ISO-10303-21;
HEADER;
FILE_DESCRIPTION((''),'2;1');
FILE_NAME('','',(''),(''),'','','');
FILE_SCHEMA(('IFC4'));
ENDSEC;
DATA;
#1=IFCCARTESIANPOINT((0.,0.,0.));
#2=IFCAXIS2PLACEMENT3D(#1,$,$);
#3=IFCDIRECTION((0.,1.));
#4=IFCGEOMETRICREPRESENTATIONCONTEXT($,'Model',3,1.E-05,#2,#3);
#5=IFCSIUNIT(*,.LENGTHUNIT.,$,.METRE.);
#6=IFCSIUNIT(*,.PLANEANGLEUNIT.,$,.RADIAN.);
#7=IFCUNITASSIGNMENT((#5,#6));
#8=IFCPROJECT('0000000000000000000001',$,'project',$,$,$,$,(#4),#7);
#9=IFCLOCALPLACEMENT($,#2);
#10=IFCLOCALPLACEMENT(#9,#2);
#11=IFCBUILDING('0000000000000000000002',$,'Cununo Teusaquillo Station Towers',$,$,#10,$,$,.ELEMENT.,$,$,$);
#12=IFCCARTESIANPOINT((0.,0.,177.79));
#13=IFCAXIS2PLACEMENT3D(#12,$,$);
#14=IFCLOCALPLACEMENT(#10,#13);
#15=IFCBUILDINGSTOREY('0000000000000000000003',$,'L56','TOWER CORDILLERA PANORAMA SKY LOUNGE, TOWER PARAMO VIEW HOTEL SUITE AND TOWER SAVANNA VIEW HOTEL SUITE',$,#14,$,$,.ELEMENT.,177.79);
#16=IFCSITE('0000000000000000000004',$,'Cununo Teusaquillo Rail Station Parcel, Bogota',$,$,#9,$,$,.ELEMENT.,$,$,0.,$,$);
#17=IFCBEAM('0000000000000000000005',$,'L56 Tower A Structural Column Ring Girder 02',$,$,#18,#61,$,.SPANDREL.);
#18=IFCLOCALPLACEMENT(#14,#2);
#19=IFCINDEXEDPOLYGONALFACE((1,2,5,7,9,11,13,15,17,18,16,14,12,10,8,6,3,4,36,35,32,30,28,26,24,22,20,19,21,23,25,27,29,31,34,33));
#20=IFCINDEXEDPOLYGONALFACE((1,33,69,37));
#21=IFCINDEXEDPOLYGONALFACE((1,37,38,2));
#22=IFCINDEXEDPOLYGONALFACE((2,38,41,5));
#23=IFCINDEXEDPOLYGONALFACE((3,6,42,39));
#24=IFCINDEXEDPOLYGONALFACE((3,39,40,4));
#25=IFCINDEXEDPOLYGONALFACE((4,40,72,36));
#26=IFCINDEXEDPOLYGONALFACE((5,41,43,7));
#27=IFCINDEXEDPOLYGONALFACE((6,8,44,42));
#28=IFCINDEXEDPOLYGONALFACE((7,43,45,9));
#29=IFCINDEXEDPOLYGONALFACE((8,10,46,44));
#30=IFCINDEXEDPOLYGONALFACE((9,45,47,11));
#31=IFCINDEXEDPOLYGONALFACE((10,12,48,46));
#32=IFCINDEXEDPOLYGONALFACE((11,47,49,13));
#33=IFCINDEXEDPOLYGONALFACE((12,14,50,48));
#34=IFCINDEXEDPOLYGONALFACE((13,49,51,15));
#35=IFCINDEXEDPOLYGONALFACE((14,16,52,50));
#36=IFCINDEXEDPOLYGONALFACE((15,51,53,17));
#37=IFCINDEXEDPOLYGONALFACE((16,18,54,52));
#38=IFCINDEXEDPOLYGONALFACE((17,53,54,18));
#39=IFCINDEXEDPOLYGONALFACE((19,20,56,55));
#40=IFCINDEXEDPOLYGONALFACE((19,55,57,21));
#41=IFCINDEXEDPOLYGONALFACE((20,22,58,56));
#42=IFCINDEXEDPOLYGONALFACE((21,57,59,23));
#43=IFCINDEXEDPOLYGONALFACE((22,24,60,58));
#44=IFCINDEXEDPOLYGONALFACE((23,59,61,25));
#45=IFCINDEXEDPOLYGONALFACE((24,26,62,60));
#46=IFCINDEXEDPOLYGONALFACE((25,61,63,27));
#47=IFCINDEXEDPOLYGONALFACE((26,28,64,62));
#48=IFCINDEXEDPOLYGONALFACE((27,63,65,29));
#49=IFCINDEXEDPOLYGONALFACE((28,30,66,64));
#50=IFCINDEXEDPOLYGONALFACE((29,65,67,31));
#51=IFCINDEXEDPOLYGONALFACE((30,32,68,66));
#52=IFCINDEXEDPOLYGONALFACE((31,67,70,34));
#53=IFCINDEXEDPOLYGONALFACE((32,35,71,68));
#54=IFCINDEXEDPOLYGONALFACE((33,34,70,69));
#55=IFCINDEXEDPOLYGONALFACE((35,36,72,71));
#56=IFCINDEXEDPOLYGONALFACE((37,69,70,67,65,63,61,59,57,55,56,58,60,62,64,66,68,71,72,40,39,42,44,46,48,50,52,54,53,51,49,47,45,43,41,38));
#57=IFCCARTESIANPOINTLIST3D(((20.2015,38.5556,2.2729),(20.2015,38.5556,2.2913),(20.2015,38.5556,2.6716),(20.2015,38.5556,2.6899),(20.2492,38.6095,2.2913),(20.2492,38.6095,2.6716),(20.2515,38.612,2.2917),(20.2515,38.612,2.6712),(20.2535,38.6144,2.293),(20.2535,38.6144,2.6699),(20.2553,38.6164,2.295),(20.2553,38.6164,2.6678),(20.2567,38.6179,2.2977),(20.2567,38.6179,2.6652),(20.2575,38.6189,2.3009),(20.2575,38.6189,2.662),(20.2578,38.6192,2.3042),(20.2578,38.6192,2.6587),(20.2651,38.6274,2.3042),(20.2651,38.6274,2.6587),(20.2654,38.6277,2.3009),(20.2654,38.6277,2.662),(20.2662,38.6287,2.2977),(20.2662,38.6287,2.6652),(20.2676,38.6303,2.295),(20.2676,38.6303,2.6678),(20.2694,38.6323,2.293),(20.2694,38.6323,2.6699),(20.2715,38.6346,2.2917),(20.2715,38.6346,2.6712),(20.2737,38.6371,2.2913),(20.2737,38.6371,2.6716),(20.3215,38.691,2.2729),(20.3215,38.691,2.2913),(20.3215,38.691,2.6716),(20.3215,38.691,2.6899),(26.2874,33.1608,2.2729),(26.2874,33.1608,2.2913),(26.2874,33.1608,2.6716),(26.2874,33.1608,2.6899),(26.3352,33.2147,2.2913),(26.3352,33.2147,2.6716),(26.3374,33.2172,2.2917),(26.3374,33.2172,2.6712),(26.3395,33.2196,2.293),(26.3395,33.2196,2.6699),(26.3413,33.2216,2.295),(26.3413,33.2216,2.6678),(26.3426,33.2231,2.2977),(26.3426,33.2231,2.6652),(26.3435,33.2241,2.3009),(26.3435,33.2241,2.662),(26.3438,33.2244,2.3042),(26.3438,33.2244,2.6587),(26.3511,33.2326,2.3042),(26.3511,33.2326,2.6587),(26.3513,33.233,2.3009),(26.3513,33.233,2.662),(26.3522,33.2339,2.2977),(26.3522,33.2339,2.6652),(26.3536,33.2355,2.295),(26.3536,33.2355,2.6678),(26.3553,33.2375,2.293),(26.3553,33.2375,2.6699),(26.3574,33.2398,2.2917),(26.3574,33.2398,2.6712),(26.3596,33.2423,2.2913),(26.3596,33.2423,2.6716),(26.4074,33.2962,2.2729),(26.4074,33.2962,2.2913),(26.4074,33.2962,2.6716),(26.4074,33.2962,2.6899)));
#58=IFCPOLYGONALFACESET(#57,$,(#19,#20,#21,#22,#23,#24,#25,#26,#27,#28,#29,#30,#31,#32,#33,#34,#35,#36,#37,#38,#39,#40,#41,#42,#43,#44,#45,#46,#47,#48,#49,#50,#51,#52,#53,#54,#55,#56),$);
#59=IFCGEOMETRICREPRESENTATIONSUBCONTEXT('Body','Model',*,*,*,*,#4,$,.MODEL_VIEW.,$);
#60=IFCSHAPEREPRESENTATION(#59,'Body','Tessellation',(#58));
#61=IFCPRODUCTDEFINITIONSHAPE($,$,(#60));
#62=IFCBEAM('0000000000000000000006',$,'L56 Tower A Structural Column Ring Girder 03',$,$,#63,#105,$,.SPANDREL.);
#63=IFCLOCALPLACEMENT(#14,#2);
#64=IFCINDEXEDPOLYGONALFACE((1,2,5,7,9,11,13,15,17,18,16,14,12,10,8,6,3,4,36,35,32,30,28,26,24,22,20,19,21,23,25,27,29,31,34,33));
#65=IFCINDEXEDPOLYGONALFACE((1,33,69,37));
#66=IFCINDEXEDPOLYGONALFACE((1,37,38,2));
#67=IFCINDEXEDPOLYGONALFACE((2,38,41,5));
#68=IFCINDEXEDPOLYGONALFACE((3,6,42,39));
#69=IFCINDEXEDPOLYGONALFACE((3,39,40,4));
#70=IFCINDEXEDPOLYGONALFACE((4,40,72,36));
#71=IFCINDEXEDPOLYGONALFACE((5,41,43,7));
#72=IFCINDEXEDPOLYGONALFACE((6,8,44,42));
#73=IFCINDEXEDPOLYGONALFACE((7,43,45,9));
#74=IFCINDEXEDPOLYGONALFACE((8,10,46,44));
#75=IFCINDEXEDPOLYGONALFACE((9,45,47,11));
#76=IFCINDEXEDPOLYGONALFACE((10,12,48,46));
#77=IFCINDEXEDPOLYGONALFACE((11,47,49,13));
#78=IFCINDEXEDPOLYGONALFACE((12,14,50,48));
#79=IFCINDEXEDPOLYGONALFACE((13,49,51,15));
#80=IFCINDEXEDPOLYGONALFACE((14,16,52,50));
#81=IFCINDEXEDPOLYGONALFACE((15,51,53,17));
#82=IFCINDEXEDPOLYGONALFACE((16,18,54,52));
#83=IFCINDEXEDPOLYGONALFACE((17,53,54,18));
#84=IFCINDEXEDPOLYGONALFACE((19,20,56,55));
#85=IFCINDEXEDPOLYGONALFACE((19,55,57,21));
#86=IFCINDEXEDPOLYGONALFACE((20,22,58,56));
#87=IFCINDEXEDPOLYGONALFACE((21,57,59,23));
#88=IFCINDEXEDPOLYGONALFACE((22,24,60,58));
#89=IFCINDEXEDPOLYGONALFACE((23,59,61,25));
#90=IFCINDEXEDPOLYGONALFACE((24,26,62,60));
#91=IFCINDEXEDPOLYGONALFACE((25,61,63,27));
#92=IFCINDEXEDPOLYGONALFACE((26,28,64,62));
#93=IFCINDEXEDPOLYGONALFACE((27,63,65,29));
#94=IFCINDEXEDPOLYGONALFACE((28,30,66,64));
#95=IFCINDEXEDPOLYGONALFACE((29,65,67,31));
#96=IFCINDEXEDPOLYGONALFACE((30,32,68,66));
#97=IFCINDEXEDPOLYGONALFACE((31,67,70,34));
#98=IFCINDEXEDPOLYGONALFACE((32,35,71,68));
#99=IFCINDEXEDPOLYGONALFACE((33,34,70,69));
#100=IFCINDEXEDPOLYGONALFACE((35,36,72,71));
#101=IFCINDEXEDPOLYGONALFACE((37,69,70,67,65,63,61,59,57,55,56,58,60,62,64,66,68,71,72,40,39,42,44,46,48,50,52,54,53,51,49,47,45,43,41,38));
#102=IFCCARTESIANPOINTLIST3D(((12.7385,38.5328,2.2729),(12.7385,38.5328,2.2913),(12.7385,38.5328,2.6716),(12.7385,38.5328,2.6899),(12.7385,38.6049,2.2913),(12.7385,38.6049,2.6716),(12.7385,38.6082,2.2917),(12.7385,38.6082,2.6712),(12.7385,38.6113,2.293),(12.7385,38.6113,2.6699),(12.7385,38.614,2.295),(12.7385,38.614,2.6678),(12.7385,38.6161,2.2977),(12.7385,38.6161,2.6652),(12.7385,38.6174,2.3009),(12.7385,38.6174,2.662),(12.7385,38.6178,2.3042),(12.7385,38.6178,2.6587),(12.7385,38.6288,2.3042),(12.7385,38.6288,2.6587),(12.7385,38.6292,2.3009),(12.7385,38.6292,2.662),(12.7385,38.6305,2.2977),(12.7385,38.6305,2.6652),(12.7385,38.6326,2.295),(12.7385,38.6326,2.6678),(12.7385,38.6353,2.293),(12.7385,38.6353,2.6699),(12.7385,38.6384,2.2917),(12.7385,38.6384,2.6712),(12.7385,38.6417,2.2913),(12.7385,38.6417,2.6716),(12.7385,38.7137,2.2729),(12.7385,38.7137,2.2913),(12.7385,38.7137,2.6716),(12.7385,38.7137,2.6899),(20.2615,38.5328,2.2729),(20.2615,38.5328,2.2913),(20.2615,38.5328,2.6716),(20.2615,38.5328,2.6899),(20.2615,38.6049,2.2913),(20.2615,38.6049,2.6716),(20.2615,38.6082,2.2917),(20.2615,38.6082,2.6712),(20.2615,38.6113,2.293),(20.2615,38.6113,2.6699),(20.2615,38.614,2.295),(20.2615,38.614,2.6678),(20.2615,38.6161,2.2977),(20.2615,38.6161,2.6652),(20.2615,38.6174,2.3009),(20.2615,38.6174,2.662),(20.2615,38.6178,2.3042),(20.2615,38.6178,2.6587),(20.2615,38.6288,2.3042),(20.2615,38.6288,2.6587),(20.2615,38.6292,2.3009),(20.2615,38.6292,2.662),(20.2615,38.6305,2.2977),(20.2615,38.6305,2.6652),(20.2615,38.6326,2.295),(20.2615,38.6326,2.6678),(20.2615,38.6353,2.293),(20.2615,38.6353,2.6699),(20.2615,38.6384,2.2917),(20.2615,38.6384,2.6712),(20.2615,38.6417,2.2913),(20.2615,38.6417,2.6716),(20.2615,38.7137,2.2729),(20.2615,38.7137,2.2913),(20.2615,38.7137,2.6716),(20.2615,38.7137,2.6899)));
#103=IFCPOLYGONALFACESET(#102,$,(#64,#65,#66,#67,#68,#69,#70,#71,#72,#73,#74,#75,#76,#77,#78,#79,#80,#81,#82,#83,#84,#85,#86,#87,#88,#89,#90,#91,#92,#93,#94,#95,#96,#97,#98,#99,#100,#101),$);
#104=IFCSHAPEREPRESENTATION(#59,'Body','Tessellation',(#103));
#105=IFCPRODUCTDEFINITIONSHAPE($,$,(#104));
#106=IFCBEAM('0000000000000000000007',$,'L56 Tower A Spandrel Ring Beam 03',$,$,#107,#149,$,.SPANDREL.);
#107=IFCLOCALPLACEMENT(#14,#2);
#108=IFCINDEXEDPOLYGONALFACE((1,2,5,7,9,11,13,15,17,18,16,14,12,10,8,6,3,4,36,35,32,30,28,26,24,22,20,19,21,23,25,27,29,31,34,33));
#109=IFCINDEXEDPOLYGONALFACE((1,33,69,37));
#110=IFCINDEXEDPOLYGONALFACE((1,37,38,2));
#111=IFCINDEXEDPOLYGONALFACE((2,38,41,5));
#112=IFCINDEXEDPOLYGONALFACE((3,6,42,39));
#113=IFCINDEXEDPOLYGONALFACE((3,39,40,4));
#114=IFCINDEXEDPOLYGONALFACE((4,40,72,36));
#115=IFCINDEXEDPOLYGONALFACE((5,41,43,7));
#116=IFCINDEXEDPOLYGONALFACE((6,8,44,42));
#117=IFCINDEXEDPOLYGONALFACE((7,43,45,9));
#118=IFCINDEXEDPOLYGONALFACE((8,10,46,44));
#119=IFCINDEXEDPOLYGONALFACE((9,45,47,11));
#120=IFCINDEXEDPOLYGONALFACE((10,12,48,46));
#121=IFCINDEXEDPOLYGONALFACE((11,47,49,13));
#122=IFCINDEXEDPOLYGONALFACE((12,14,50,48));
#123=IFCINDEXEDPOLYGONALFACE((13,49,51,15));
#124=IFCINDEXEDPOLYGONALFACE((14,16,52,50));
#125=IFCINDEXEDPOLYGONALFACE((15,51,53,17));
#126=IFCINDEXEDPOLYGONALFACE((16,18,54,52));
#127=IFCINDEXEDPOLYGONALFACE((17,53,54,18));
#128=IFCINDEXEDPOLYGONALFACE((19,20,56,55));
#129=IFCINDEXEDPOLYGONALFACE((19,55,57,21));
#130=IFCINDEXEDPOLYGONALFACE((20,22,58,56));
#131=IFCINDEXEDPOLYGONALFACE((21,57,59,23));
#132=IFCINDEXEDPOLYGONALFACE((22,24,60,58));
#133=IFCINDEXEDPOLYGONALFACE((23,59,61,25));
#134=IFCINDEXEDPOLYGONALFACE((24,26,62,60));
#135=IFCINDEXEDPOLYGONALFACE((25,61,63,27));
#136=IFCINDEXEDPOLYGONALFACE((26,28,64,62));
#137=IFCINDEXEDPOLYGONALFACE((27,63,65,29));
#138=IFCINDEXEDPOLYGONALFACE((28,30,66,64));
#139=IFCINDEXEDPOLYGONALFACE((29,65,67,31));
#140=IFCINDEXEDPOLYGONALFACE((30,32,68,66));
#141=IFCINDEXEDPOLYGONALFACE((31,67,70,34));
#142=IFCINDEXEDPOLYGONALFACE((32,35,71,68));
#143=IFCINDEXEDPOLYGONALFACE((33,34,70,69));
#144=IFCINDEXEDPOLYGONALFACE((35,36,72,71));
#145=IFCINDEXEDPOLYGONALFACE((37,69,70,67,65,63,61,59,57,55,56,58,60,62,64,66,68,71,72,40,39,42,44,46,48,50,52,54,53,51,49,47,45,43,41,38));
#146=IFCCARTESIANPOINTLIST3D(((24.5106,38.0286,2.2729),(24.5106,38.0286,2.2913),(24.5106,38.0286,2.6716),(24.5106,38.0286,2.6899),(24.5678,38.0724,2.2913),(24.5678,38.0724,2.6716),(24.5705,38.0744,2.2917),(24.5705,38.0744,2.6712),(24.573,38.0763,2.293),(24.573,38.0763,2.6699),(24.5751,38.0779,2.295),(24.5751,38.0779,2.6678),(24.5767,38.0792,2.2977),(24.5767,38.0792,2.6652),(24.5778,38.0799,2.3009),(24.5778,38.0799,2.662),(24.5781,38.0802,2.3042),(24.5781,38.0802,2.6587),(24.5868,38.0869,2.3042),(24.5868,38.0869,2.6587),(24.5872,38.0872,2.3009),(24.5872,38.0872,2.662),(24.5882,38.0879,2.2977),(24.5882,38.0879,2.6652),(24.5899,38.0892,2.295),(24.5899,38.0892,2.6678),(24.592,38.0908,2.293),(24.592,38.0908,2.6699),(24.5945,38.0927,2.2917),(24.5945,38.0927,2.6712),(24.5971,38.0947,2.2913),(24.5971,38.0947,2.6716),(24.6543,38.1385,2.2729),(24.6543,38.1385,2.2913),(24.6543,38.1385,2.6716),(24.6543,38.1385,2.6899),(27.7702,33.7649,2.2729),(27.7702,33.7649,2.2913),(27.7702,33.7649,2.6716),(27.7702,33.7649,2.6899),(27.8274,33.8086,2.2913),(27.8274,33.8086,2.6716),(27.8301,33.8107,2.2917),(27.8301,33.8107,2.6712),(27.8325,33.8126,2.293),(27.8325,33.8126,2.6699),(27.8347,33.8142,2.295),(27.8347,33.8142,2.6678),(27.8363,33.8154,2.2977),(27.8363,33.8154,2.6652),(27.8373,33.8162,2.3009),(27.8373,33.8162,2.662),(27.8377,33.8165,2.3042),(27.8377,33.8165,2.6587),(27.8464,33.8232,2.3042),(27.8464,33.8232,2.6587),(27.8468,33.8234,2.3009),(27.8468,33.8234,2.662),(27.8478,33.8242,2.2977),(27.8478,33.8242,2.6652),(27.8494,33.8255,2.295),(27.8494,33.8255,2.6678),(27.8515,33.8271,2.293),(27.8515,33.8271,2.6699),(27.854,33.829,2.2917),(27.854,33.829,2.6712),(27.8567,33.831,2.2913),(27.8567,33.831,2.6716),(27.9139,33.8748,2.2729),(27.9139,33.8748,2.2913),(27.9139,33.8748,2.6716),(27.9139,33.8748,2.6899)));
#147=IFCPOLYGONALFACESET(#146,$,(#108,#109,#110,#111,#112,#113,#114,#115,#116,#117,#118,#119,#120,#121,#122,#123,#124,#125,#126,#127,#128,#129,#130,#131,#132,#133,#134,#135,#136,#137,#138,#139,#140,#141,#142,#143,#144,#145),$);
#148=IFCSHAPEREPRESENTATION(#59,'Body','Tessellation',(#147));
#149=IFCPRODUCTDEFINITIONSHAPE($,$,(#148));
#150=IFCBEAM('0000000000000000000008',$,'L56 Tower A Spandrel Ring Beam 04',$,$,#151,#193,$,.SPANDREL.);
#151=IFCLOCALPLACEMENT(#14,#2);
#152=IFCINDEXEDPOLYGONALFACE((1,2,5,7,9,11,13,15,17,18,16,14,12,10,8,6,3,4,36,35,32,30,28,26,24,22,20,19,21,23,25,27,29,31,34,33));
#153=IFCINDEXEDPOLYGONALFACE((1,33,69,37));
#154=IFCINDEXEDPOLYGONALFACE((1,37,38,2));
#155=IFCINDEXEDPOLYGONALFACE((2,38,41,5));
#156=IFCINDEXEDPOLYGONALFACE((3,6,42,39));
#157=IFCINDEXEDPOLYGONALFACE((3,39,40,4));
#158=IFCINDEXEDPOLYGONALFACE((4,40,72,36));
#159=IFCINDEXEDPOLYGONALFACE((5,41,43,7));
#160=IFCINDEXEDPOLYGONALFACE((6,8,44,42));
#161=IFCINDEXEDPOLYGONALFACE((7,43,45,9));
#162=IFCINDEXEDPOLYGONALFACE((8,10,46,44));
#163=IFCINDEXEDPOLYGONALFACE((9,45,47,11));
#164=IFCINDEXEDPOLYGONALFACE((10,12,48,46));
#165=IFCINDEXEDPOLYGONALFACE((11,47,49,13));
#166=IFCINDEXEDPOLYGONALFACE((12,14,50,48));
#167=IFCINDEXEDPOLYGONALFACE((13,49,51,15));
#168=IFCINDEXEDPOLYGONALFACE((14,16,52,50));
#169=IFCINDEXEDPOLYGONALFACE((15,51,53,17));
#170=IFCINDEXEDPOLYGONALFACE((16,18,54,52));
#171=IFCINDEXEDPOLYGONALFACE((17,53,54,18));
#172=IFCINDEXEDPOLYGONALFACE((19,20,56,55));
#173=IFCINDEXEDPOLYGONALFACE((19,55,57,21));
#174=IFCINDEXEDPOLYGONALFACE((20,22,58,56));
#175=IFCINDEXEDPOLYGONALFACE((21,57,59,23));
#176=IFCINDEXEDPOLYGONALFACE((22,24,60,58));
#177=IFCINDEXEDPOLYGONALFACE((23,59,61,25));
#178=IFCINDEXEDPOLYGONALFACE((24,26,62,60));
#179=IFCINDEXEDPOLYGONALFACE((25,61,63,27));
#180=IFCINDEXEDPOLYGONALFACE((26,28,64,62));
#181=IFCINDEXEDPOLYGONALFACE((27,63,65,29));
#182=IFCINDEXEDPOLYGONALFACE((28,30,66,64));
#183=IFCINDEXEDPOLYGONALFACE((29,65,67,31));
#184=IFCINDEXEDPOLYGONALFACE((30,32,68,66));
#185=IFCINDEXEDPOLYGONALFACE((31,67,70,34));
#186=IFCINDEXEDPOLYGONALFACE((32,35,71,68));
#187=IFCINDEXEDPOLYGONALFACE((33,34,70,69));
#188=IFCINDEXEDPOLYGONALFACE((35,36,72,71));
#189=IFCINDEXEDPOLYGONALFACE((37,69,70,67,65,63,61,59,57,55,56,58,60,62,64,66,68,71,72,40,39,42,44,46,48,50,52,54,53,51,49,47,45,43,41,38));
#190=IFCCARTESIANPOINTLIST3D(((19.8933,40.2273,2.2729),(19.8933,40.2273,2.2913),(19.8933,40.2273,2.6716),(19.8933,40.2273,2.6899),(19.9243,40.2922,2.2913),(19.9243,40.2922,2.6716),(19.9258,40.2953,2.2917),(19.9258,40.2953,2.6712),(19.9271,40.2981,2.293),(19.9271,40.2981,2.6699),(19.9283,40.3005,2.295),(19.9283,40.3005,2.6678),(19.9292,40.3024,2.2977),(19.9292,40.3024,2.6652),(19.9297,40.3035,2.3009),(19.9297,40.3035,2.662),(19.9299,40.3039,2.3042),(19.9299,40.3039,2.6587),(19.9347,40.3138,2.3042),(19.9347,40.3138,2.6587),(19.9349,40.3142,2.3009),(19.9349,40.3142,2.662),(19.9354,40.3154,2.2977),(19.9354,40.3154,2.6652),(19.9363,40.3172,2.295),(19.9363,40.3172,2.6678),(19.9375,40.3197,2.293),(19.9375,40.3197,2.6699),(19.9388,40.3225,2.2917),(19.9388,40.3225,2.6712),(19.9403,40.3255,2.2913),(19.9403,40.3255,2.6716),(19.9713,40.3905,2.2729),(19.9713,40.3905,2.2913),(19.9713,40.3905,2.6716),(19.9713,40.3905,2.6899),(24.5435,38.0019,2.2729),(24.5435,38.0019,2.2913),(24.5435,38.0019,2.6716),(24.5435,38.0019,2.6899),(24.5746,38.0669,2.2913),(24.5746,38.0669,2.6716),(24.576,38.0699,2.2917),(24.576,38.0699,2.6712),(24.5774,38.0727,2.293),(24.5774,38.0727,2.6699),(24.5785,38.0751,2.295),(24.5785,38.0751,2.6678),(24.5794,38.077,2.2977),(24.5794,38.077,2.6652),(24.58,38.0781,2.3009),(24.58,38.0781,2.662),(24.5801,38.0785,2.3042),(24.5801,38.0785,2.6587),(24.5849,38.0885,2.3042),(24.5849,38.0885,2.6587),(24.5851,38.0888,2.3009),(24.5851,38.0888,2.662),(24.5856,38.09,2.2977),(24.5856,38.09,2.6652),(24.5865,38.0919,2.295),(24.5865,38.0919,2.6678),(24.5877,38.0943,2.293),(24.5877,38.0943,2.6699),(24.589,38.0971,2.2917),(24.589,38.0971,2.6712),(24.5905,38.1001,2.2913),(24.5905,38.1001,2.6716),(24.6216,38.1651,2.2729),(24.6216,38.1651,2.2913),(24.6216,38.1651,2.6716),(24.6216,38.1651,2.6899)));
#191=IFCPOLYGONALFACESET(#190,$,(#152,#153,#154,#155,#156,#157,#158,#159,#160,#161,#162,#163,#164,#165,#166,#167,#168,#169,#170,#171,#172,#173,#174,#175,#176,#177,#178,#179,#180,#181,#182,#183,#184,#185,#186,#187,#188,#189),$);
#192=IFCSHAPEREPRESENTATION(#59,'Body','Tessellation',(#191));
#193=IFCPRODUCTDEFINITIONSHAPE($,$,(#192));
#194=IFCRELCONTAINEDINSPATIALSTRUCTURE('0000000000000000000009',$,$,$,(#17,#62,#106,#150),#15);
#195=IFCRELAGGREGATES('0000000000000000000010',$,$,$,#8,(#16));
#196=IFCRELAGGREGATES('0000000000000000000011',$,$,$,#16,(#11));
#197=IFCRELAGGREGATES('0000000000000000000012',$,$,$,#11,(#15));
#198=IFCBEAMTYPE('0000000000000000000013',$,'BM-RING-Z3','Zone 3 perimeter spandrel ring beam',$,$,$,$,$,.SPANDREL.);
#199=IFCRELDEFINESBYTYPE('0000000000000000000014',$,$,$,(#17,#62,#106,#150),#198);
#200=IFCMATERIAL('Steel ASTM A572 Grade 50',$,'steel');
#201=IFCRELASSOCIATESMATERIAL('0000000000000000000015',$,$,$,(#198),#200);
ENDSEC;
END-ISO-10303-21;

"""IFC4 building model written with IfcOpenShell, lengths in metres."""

from ifc_helpers import new_model, si_unit, direction, frame, origin, origin_2d, place, context, subcontext, project, spatial, i_section, extrude, material, material_profile, profile_set, type_object, element, save


model = new_model("IFC4")

# Units and contexts
model_context = context("Model", 3, precision=1e-05, world=origin(), true_north=direction((0.0, 1.0)))
body_context = subcontext(model_context, "Body", "Model", "MODEL_VIEW")
ifc_project = project(units=[si_unit("LENGTHUNIT", "METRE"), si_unit("PLANEANGLEUNIT", "RADIAN")], contexts=[model_context])

# Site, building, storey
site_placement = place(None, origin())
site = spatial("IfcSite", under=ifc_project, at=site_placement, Name="Cununo Teusaquillo Rail Station Parcel, Bogota", CompositionType="ELEMENT", RefElevation=0.0)
building_placement = place(site_placement, origin())
building = spatial("IfcBuilding", under=site, at=building_placement, Name="Cununo Teusaquillo Station Towers", CompositionType="ELEMENT")
storey_placement = place(building_placement, frame((0.0, 0.0, 177.79)))
storey = spatial("IfcBuildingStorey", under=building, at=storey_placement, Name="L56", Description="TOWER CORDILLERA PANORAMA SKY LOUNGE, TOWER PARAMO VIEW HOTEL SUITE AND TOWER SAVANNA VIEW HOTEL SUITE", CompositionType="ELEMENT", Elevation=177.79)

# Beams
ifc_material_1 = material(Name="Steel ASTM A572 Grade 50", Category="steel")
ifc_material_profile_1 = material_profile(ifc_material_1, i_section(OverallWidth=0.1809, OverallDepth=0.417, WebThickness=0.011, FlangeThickness=0.0183, FilletRadius=0.0129, at=origin_2d()), Name="W16X57")
ifc_profile_set_1 = profile_set([ifc_material_profile_1], Name="Steel ASTM A572 Grade 50")
beam_type_1 = type_object("IfcBeamType", Name="BM-RING-Z3", Description="Zone 3 perimeter spandrel ring beam", PredefinedType="SPANDREL", material=ifc_profile_set_1)
beam_1_placement = place(storey_placement, frame((26.3474, 33.2285, 2.4814), z_axis=(-0.748321, 0.663337, 0.0), x_axis=(-0.663337, -0.748321, 0.0)))
element("IfcBeam", 1, at=beam_1_placement, inside=storey, type_object=beam_type_1, Name="L56 Tower A Structural Column Ring Girder 02", PredefinedType="SPANDREL", context=body_context, shape_type="SweptSolid", body=[
    extrude(i_section(OverallWidth=0.1809, OverallDepth=0.417, WebThickness=0.011, FlangeThickness=0.0183, FilletRadius=0.0129, at=origin_2d()), origin(), (0.0, 0.0, 1.0), 8.1328),
])
beam_2_placement = place(storey_placement, frame((20.2615, 38.6233, 2.4814), z_axis=(-1.0, 0.0, 0.0), x_axis=(0.0, -1.0, 0.0)))
element("IfcBeam", 2, at=beam_2_placement, inside=storey, type_object=beam_type_1, Name="L56 Tower A Structural Column Ring Girder 03", PredefinedType="SPANDREL", context=body_context, shape_type="SweptSolid", body=[
    extrude(i_section(OverallWidth=0.1809, OverallDepth=0.417, WebThickness=0.011, FlangeThickness=0.0183, FilletRadius=0.0129, at=origin_2d()), origin(), (0.0, 0.0, 1.0), 7.5229),
])
beam_3_placement = place(storey_placement, frame((27.842, 33.8198, 2.4814), z_axis=(-0.60734, 0.794442, 0.0), x_axis=(-0.794442, -0.60734, 0.0)))
element("IfcBeam", 3, at=beam_3_placement, inside=storey, type_object=beam_type_1, Name="L56 Tower A Spandrel Ring Beam 03", PredefinedType="SPANDREL", context=body_context, shape_type="SweptSolid", body=[
    extrude(i_section(OverallWidth=0.1809, OverallDepth=0.417, WebThickness=0.011, FlangeThickness=0.0183, FilletRadius=0.0129, at=origin_2d()), origin(), (0.0, 0.0, 1.0), 5.3669),
])
beam_4_placement = place(storey_placement, frame((24.5825, 38.0835, 2.4814), z_axis=(-0.902032, 0.43167, 0.0), x_axis=(-0.43167, -0.902032, 0.0)))
element("IfcBeam", 4, at=beam_4_placement, inside=storey, type_object=beam_type_1, Name="L56 Tower A Spandrel Ring Beam 04", PredefinedType="SPANDREL", context=body_context, shape_type="SweptSolid", body=[
    extrude(i_section(OverallWidth=0.1809, OverallDepth=0.417, WebThickness=0.011, FlangeThickness=0.0183, FilletRadius=0.0129, at=origin_2d()), origin(), (0.0, 0.0, 1.0), 5.1553),
])

save(model, "model.ifc")
